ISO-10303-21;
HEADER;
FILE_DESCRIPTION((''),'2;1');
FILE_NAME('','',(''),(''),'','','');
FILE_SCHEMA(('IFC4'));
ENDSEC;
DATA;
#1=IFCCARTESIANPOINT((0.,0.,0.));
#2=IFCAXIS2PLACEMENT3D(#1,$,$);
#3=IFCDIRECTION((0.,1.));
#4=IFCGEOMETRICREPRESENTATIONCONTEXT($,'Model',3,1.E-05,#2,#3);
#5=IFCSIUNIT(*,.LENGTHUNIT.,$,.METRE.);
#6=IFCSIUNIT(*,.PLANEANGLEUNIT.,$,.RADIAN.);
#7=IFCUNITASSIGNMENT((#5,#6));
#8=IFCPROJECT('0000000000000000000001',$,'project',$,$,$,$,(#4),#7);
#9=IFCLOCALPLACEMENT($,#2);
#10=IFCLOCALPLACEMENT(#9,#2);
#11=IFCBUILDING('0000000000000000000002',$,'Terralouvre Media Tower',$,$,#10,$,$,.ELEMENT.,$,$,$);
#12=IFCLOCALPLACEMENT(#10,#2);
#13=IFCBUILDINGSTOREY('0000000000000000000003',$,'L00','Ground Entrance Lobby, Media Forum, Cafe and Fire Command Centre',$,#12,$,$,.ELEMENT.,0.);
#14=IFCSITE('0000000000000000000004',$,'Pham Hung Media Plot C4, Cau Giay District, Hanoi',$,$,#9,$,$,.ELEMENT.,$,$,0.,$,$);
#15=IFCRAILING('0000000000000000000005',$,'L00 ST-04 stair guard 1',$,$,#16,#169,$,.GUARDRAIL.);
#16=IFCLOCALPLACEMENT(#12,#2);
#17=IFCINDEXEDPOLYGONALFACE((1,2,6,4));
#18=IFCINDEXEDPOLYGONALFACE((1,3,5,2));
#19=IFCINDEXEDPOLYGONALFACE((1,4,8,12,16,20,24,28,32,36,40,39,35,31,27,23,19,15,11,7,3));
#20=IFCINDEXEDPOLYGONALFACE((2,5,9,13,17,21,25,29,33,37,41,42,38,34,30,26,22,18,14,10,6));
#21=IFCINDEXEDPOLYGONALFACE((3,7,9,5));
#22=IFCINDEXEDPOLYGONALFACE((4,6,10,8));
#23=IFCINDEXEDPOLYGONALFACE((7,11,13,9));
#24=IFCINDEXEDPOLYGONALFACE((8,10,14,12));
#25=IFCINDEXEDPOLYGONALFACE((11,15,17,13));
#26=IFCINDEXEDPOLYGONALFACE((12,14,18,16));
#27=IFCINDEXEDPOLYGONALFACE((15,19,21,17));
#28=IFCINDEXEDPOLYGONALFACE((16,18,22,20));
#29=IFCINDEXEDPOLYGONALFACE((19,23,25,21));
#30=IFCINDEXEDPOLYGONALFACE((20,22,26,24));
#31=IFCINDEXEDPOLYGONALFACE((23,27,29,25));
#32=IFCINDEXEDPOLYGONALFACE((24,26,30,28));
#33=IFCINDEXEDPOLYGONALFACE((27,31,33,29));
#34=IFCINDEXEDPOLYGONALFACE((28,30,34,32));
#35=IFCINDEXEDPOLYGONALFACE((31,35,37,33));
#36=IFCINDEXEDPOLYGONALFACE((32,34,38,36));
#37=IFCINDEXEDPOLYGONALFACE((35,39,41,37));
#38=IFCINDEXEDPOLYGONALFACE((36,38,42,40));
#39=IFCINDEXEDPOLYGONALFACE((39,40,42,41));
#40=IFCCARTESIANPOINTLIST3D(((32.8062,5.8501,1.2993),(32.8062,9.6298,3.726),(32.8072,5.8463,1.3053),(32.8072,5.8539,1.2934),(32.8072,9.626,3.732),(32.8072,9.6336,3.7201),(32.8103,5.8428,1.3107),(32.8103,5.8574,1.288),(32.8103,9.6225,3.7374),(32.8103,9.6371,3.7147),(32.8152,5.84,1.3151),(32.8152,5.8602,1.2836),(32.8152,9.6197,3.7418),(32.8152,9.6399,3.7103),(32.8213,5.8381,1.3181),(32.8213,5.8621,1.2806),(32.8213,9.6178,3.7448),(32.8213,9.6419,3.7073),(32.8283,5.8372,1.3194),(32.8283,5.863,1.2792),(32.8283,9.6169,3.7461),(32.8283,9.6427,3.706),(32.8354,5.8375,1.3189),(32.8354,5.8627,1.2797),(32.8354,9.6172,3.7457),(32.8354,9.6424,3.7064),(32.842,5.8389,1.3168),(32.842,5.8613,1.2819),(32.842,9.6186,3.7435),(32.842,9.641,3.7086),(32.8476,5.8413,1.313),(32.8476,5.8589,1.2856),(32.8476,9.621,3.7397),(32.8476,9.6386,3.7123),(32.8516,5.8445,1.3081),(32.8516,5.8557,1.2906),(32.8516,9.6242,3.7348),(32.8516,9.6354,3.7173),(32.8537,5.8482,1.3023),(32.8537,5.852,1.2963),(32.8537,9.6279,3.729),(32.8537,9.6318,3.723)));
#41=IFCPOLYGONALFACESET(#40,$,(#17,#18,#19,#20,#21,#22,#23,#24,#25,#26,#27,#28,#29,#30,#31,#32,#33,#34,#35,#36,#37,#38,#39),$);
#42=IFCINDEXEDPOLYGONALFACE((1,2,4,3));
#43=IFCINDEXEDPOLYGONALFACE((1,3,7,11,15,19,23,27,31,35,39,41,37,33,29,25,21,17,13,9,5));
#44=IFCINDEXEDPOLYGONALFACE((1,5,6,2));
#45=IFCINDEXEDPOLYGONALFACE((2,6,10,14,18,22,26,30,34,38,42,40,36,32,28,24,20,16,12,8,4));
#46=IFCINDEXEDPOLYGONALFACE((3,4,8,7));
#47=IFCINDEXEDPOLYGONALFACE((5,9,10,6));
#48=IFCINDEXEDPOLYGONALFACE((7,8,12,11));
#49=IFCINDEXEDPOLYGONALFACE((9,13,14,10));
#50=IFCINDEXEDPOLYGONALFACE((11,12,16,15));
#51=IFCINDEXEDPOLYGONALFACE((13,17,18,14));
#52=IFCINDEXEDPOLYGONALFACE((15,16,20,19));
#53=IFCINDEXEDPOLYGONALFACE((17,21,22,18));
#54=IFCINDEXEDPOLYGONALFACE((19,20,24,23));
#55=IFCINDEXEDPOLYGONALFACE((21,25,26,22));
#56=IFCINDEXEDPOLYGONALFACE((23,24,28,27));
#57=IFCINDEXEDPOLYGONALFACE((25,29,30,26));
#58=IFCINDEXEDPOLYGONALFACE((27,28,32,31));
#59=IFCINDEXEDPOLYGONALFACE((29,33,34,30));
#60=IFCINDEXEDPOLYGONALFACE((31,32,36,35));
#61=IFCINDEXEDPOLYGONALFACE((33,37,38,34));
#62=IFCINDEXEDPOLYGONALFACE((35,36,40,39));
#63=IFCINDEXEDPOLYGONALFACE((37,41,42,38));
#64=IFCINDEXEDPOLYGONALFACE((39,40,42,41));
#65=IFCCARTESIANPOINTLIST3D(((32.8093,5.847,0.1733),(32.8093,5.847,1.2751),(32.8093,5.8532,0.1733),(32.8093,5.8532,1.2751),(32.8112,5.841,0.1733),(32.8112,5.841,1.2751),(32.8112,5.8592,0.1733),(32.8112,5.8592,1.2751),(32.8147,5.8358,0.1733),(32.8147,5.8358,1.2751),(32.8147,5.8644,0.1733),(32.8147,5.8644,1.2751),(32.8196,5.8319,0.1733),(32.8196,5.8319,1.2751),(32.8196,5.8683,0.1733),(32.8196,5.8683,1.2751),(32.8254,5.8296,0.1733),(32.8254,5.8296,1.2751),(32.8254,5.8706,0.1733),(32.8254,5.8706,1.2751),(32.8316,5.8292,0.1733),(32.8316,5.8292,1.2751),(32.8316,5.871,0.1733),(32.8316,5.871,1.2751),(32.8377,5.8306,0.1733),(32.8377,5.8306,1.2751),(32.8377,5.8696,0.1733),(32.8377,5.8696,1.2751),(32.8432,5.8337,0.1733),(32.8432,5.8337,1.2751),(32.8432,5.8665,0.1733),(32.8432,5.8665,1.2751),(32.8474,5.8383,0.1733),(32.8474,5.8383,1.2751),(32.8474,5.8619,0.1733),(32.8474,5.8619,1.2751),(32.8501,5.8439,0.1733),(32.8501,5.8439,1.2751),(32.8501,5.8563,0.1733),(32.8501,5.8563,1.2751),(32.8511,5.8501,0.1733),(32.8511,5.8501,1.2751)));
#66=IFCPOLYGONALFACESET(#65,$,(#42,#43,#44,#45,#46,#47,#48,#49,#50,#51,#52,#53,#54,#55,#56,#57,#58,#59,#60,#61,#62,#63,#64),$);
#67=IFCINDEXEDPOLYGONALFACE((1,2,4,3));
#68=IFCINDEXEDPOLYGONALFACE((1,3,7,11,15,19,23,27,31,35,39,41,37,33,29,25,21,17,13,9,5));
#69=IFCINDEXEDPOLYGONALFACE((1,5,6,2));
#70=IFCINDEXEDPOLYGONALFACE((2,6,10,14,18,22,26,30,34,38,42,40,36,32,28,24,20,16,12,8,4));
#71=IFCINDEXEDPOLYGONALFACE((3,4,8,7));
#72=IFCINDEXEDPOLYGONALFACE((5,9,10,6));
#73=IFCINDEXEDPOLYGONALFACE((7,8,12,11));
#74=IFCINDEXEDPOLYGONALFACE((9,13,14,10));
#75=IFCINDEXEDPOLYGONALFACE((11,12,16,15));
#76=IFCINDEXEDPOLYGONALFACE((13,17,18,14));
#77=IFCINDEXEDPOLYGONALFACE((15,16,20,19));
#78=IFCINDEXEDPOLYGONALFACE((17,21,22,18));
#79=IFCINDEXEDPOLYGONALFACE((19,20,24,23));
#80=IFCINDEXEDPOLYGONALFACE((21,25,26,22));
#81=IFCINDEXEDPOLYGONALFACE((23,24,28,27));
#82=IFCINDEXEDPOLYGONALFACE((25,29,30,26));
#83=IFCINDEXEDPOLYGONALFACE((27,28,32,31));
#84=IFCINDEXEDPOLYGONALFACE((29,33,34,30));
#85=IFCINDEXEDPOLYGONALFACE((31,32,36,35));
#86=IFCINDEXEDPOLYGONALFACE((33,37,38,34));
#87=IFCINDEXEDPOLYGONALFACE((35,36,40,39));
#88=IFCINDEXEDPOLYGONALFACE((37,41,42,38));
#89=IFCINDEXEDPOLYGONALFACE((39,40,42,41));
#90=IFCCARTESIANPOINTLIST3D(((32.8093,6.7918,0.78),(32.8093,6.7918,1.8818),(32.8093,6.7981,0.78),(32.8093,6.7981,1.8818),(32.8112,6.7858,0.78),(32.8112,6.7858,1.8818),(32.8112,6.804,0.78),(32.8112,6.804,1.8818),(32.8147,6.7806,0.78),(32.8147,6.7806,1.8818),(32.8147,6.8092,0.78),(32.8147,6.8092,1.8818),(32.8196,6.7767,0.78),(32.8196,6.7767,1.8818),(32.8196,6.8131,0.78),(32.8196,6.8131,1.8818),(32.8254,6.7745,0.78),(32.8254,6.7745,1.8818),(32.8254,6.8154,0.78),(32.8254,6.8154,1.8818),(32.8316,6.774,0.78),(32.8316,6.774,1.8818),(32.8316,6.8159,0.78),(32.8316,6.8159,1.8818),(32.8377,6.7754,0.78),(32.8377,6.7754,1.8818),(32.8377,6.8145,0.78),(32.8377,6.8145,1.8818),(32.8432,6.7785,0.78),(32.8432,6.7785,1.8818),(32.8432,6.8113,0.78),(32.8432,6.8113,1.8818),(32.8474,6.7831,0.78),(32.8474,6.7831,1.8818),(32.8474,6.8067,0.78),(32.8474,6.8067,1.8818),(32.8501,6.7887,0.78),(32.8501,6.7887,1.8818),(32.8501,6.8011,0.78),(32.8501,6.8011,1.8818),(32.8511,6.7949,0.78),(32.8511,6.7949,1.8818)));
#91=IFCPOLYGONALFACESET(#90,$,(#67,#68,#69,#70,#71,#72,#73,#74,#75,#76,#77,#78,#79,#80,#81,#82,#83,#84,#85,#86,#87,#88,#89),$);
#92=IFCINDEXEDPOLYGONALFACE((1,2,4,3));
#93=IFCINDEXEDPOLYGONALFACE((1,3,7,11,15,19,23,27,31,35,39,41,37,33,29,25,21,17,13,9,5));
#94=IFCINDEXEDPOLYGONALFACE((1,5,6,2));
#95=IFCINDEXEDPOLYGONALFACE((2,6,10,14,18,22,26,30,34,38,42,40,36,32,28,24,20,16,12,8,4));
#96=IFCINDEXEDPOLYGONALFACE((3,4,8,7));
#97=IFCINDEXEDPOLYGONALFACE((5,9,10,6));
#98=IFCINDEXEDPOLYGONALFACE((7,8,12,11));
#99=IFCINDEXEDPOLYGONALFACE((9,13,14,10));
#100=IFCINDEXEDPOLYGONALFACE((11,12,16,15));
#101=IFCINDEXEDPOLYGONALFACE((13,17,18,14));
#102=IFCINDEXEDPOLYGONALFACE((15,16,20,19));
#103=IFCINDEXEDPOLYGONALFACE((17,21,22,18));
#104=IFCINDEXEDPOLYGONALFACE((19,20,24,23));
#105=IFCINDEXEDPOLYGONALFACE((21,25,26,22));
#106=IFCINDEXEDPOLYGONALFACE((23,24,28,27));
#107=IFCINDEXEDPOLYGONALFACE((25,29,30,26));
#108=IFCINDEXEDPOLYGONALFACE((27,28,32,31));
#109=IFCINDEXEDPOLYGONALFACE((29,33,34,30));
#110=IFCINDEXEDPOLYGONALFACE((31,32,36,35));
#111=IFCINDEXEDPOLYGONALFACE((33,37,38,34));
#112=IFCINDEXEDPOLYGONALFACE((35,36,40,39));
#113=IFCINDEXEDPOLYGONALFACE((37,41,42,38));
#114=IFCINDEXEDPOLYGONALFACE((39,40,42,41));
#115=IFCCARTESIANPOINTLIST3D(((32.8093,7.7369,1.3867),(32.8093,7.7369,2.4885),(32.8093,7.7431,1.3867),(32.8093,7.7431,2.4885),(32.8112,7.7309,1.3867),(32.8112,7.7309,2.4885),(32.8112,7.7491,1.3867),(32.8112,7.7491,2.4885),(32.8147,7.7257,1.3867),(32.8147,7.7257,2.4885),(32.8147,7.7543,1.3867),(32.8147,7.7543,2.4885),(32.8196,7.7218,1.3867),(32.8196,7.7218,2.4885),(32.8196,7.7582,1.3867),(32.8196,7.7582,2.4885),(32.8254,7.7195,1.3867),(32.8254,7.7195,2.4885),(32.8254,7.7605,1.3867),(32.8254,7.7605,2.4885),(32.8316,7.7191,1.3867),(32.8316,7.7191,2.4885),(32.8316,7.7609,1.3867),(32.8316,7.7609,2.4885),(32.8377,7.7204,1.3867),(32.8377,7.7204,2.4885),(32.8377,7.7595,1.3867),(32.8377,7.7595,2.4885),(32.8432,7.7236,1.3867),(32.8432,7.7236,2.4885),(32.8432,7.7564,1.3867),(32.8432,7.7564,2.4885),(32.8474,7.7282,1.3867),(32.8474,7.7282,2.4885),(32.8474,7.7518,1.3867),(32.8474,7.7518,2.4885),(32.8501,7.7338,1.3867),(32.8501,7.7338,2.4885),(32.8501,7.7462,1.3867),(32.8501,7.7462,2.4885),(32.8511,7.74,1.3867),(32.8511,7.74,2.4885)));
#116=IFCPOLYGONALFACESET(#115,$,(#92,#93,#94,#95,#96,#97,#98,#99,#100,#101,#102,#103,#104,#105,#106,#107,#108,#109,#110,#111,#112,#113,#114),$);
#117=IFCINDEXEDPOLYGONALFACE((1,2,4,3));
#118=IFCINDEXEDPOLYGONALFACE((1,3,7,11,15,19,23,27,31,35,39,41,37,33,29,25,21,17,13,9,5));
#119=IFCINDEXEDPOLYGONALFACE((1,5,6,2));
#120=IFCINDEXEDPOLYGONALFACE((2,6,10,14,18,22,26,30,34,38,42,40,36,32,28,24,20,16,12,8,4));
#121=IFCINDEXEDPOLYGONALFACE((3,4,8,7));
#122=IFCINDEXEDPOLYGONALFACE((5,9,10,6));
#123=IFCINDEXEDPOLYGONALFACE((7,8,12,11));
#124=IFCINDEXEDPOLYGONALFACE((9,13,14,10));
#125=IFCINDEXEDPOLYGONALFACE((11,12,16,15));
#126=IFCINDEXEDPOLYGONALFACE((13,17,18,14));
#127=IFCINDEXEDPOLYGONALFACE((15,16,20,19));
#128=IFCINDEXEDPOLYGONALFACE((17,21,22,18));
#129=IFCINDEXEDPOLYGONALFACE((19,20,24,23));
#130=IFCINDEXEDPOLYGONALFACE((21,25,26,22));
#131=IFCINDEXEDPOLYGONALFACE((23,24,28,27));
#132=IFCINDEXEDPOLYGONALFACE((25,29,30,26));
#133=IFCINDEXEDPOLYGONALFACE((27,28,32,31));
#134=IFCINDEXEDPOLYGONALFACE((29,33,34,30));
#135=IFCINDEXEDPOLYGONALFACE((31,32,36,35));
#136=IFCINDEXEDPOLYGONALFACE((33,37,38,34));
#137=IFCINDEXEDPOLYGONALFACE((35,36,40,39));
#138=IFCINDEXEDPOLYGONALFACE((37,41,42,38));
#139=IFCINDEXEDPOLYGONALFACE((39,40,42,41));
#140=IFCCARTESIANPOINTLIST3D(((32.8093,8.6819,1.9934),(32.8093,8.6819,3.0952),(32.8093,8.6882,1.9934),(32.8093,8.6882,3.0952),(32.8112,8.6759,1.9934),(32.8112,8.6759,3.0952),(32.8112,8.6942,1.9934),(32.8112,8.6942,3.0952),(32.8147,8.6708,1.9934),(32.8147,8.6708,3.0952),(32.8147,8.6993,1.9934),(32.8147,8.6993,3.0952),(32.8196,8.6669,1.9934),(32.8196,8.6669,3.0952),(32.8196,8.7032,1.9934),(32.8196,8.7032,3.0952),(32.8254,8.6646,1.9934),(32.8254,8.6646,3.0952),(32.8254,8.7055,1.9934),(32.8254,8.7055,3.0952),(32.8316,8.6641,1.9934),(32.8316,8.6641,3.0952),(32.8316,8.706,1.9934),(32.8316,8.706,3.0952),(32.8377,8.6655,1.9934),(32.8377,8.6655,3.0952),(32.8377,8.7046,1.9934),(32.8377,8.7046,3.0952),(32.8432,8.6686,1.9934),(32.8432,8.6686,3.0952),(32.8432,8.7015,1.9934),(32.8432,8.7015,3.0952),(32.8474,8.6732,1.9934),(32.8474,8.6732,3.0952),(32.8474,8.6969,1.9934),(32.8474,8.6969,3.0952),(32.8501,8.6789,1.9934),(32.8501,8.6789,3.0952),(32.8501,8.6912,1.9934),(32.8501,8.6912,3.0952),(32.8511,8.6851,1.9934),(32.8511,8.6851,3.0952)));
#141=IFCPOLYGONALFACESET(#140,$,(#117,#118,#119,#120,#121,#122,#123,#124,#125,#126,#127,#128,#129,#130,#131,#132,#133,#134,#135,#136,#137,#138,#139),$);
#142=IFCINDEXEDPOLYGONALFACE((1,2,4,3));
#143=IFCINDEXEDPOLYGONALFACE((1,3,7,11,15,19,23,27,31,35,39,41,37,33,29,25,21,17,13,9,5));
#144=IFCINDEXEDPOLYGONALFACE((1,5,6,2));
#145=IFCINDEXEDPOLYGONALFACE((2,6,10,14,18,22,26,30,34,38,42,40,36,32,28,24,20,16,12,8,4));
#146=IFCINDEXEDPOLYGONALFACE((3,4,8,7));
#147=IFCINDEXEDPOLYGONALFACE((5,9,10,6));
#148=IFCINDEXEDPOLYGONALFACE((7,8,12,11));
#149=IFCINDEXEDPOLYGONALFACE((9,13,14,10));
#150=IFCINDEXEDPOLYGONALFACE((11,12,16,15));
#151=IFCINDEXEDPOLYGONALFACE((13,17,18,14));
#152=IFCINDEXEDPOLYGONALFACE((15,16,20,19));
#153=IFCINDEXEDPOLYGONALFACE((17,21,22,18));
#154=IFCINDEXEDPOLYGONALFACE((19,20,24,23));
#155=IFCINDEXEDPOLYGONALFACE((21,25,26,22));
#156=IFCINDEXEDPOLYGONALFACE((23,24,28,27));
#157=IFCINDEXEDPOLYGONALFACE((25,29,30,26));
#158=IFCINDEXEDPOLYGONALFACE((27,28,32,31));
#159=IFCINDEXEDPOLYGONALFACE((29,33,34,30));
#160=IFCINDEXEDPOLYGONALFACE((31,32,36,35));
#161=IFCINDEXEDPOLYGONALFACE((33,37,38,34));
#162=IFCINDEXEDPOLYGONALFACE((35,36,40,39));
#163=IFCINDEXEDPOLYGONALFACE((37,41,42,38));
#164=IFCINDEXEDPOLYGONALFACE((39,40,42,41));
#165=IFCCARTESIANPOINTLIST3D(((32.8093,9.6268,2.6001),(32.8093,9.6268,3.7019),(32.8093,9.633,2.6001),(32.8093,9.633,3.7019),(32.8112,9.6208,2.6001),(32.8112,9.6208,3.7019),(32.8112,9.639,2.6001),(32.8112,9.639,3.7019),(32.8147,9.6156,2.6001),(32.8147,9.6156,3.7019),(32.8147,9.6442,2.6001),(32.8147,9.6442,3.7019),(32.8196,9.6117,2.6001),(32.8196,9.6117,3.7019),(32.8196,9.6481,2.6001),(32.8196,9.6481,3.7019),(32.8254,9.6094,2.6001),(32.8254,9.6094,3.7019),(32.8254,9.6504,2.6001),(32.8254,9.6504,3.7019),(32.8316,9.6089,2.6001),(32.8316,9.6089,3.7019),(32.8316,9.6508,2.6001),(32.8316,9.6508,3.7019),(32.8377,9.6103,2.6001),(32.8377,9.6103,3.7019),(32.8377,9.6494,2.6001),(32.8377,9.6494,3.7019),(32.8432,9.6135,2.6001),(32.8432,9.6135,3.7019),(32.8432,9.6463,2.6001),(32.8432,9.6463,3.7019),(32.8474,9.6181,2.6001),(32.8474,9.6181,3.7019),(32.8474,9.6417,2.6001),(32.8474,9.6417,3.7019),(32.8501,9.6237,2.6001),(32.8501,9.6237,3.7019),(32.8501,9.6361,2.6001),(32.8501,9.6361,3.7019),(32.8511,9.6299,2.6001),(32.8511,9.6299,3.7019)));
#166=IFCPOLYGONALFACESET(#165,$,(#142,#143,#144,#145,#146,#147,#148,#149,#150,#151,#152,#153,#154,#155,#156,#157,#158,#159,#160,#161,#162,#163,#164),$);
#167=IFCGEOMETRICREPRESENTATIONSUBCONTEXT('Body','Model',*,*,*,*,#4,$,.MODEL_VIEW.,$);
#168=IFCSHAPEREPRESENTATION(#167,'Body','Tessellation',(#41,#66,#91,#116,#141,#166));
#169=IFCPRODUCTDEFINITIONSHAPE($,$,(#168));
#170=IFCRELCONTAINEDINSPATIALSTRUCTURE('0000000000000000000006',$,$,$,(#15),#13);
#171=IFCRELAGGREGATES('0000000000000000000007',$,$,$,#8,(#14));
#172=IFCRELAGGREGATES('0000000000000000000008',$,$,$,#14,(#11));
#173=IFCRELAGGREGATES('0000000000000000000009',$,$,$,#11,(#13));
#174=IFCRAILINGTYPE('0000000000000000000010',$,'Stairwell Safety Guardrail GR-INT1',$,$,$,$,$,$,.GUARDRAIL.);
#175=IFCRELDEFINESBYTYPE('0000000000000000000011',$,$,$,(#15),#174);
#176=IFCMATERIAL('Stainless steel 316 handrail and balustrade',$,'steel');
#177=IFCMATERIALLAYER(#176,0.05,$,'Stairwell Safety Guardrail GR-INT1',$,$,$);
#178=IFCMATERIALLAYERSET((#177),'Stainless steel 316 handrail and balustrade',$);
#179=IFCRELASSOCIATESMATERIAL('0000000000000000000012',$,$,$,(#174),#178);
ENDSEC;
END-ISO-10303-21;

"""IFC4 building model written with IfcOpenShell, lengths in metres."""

from ifc_helpers import new_model, si_unit, direction, frame, origin, origin_2d, place, context, subcontext, project, spatial, circle, extrude, material, layer, layer_set, type_object, element, save


model = new_model("IFC4")

# Units and contexts
model_context = context("Model", 3, precision=1e-05, world=origin(), true_north=direction((0.0, 1.0)))
body_context = subcontext(model_context, "Body", "Model", "MODEL_VIEW")
ifc_project = project(units=[si_unit("LENGTHUNIT", "METRE"), si_unit("PLANEANGLEUNIT", "RADIAN")], contexts=[model_context])

# Site, building, storey
site_placement = place(None, origin())
site = spatial("IfcSite", under=ifc_project, at=site_placement, Name="Pham Hung Media Plot C4, Cau Giay District, Hanoi", CompositionType="ELEMENT", RefElevation=0.0)
building_placement = place(site_placement, origin())
building = spatial("IfcBuilding", under=site, at=building_placement, Name="Terralouvre Media Tower", CompositionType="ELEMENT")
storey_placement = place(building_placement, origin())
storey = spatial("IfcBuildingStorey", under=building, at=storey_placement, Name="L00", Description="Ground Entrance Lobby, Media Forum, Cafe and Fire Command Centre", CompositionType="ELEMENT", Elevation=0.0)

# Railing
ifc_material_1 = material(Name="Stainless steel 316 handrail and balustrade", Category="steel")
ifc_layer_1 = layer(ifc_material_1, 0.05, Name="Stairwell Safety Guardrail GR-INT1")
ifc_layer_set_1 = layer_set([ifc_layer_1], Name="Stainless steel 316 handrail and balustrade")
railing_type_1 = type_object("IfcRailingType", Name="Stairwell Safety Guardrail GR-INT1", PredefinedType="GUARDRAIL", material=ifc_layer_set_1)
railing_1_placement = place(storey_placement, frame((32.8301, 5.8501, 0.1733)))
element("IfcRailing", 1, at=railing_1_placement, inside=storey, type_object=railing_type_1, Name="L00 ST-04 stair guard 1", PredefinedType="GUARDRAIL", context=body_context, shape_type="SweptSolid", body=[
    extrude(circle(Radius=0.0239, at=origin_2d()), frame((0.0, 0.0, 1.126), z_axis=(0.0, 0.841493, 0.540269), x_axis=(-1.0, 0.0, 0.0)), (0.0, 0.0, 1.0), 4.4917),
    extrude(circle(Radius=0.021, at=origin_2d()), origin(), (0.0, 0.0, 1.0), 1.1018),
    extrude(circle(Radius=0.021, at=origin_2d()), frame((0.0, 0.9448, 0.6067)), (0.0, 0.0, 1.0), 1.1018),
    extrude(circle(Radius=0.021, at=origin_2d()), frame((0.0, 1.8899, 1.2134)), (0.0, 0.0, 1.0), 1.1018),
    extrude(circle(Radius=0.021, at=origin_2d()), frame((0.0, 2.835, 1.8201)), (0.0, 0.0, 1.0), 1.1018),
    extrude(circle(Radius=0.021, at=origin_2d()), frame((0.0, 3.7798, 2.4268)), (0.0, 0.0, 1.0), 1.1018),
])

save(model, "model.ifc")
